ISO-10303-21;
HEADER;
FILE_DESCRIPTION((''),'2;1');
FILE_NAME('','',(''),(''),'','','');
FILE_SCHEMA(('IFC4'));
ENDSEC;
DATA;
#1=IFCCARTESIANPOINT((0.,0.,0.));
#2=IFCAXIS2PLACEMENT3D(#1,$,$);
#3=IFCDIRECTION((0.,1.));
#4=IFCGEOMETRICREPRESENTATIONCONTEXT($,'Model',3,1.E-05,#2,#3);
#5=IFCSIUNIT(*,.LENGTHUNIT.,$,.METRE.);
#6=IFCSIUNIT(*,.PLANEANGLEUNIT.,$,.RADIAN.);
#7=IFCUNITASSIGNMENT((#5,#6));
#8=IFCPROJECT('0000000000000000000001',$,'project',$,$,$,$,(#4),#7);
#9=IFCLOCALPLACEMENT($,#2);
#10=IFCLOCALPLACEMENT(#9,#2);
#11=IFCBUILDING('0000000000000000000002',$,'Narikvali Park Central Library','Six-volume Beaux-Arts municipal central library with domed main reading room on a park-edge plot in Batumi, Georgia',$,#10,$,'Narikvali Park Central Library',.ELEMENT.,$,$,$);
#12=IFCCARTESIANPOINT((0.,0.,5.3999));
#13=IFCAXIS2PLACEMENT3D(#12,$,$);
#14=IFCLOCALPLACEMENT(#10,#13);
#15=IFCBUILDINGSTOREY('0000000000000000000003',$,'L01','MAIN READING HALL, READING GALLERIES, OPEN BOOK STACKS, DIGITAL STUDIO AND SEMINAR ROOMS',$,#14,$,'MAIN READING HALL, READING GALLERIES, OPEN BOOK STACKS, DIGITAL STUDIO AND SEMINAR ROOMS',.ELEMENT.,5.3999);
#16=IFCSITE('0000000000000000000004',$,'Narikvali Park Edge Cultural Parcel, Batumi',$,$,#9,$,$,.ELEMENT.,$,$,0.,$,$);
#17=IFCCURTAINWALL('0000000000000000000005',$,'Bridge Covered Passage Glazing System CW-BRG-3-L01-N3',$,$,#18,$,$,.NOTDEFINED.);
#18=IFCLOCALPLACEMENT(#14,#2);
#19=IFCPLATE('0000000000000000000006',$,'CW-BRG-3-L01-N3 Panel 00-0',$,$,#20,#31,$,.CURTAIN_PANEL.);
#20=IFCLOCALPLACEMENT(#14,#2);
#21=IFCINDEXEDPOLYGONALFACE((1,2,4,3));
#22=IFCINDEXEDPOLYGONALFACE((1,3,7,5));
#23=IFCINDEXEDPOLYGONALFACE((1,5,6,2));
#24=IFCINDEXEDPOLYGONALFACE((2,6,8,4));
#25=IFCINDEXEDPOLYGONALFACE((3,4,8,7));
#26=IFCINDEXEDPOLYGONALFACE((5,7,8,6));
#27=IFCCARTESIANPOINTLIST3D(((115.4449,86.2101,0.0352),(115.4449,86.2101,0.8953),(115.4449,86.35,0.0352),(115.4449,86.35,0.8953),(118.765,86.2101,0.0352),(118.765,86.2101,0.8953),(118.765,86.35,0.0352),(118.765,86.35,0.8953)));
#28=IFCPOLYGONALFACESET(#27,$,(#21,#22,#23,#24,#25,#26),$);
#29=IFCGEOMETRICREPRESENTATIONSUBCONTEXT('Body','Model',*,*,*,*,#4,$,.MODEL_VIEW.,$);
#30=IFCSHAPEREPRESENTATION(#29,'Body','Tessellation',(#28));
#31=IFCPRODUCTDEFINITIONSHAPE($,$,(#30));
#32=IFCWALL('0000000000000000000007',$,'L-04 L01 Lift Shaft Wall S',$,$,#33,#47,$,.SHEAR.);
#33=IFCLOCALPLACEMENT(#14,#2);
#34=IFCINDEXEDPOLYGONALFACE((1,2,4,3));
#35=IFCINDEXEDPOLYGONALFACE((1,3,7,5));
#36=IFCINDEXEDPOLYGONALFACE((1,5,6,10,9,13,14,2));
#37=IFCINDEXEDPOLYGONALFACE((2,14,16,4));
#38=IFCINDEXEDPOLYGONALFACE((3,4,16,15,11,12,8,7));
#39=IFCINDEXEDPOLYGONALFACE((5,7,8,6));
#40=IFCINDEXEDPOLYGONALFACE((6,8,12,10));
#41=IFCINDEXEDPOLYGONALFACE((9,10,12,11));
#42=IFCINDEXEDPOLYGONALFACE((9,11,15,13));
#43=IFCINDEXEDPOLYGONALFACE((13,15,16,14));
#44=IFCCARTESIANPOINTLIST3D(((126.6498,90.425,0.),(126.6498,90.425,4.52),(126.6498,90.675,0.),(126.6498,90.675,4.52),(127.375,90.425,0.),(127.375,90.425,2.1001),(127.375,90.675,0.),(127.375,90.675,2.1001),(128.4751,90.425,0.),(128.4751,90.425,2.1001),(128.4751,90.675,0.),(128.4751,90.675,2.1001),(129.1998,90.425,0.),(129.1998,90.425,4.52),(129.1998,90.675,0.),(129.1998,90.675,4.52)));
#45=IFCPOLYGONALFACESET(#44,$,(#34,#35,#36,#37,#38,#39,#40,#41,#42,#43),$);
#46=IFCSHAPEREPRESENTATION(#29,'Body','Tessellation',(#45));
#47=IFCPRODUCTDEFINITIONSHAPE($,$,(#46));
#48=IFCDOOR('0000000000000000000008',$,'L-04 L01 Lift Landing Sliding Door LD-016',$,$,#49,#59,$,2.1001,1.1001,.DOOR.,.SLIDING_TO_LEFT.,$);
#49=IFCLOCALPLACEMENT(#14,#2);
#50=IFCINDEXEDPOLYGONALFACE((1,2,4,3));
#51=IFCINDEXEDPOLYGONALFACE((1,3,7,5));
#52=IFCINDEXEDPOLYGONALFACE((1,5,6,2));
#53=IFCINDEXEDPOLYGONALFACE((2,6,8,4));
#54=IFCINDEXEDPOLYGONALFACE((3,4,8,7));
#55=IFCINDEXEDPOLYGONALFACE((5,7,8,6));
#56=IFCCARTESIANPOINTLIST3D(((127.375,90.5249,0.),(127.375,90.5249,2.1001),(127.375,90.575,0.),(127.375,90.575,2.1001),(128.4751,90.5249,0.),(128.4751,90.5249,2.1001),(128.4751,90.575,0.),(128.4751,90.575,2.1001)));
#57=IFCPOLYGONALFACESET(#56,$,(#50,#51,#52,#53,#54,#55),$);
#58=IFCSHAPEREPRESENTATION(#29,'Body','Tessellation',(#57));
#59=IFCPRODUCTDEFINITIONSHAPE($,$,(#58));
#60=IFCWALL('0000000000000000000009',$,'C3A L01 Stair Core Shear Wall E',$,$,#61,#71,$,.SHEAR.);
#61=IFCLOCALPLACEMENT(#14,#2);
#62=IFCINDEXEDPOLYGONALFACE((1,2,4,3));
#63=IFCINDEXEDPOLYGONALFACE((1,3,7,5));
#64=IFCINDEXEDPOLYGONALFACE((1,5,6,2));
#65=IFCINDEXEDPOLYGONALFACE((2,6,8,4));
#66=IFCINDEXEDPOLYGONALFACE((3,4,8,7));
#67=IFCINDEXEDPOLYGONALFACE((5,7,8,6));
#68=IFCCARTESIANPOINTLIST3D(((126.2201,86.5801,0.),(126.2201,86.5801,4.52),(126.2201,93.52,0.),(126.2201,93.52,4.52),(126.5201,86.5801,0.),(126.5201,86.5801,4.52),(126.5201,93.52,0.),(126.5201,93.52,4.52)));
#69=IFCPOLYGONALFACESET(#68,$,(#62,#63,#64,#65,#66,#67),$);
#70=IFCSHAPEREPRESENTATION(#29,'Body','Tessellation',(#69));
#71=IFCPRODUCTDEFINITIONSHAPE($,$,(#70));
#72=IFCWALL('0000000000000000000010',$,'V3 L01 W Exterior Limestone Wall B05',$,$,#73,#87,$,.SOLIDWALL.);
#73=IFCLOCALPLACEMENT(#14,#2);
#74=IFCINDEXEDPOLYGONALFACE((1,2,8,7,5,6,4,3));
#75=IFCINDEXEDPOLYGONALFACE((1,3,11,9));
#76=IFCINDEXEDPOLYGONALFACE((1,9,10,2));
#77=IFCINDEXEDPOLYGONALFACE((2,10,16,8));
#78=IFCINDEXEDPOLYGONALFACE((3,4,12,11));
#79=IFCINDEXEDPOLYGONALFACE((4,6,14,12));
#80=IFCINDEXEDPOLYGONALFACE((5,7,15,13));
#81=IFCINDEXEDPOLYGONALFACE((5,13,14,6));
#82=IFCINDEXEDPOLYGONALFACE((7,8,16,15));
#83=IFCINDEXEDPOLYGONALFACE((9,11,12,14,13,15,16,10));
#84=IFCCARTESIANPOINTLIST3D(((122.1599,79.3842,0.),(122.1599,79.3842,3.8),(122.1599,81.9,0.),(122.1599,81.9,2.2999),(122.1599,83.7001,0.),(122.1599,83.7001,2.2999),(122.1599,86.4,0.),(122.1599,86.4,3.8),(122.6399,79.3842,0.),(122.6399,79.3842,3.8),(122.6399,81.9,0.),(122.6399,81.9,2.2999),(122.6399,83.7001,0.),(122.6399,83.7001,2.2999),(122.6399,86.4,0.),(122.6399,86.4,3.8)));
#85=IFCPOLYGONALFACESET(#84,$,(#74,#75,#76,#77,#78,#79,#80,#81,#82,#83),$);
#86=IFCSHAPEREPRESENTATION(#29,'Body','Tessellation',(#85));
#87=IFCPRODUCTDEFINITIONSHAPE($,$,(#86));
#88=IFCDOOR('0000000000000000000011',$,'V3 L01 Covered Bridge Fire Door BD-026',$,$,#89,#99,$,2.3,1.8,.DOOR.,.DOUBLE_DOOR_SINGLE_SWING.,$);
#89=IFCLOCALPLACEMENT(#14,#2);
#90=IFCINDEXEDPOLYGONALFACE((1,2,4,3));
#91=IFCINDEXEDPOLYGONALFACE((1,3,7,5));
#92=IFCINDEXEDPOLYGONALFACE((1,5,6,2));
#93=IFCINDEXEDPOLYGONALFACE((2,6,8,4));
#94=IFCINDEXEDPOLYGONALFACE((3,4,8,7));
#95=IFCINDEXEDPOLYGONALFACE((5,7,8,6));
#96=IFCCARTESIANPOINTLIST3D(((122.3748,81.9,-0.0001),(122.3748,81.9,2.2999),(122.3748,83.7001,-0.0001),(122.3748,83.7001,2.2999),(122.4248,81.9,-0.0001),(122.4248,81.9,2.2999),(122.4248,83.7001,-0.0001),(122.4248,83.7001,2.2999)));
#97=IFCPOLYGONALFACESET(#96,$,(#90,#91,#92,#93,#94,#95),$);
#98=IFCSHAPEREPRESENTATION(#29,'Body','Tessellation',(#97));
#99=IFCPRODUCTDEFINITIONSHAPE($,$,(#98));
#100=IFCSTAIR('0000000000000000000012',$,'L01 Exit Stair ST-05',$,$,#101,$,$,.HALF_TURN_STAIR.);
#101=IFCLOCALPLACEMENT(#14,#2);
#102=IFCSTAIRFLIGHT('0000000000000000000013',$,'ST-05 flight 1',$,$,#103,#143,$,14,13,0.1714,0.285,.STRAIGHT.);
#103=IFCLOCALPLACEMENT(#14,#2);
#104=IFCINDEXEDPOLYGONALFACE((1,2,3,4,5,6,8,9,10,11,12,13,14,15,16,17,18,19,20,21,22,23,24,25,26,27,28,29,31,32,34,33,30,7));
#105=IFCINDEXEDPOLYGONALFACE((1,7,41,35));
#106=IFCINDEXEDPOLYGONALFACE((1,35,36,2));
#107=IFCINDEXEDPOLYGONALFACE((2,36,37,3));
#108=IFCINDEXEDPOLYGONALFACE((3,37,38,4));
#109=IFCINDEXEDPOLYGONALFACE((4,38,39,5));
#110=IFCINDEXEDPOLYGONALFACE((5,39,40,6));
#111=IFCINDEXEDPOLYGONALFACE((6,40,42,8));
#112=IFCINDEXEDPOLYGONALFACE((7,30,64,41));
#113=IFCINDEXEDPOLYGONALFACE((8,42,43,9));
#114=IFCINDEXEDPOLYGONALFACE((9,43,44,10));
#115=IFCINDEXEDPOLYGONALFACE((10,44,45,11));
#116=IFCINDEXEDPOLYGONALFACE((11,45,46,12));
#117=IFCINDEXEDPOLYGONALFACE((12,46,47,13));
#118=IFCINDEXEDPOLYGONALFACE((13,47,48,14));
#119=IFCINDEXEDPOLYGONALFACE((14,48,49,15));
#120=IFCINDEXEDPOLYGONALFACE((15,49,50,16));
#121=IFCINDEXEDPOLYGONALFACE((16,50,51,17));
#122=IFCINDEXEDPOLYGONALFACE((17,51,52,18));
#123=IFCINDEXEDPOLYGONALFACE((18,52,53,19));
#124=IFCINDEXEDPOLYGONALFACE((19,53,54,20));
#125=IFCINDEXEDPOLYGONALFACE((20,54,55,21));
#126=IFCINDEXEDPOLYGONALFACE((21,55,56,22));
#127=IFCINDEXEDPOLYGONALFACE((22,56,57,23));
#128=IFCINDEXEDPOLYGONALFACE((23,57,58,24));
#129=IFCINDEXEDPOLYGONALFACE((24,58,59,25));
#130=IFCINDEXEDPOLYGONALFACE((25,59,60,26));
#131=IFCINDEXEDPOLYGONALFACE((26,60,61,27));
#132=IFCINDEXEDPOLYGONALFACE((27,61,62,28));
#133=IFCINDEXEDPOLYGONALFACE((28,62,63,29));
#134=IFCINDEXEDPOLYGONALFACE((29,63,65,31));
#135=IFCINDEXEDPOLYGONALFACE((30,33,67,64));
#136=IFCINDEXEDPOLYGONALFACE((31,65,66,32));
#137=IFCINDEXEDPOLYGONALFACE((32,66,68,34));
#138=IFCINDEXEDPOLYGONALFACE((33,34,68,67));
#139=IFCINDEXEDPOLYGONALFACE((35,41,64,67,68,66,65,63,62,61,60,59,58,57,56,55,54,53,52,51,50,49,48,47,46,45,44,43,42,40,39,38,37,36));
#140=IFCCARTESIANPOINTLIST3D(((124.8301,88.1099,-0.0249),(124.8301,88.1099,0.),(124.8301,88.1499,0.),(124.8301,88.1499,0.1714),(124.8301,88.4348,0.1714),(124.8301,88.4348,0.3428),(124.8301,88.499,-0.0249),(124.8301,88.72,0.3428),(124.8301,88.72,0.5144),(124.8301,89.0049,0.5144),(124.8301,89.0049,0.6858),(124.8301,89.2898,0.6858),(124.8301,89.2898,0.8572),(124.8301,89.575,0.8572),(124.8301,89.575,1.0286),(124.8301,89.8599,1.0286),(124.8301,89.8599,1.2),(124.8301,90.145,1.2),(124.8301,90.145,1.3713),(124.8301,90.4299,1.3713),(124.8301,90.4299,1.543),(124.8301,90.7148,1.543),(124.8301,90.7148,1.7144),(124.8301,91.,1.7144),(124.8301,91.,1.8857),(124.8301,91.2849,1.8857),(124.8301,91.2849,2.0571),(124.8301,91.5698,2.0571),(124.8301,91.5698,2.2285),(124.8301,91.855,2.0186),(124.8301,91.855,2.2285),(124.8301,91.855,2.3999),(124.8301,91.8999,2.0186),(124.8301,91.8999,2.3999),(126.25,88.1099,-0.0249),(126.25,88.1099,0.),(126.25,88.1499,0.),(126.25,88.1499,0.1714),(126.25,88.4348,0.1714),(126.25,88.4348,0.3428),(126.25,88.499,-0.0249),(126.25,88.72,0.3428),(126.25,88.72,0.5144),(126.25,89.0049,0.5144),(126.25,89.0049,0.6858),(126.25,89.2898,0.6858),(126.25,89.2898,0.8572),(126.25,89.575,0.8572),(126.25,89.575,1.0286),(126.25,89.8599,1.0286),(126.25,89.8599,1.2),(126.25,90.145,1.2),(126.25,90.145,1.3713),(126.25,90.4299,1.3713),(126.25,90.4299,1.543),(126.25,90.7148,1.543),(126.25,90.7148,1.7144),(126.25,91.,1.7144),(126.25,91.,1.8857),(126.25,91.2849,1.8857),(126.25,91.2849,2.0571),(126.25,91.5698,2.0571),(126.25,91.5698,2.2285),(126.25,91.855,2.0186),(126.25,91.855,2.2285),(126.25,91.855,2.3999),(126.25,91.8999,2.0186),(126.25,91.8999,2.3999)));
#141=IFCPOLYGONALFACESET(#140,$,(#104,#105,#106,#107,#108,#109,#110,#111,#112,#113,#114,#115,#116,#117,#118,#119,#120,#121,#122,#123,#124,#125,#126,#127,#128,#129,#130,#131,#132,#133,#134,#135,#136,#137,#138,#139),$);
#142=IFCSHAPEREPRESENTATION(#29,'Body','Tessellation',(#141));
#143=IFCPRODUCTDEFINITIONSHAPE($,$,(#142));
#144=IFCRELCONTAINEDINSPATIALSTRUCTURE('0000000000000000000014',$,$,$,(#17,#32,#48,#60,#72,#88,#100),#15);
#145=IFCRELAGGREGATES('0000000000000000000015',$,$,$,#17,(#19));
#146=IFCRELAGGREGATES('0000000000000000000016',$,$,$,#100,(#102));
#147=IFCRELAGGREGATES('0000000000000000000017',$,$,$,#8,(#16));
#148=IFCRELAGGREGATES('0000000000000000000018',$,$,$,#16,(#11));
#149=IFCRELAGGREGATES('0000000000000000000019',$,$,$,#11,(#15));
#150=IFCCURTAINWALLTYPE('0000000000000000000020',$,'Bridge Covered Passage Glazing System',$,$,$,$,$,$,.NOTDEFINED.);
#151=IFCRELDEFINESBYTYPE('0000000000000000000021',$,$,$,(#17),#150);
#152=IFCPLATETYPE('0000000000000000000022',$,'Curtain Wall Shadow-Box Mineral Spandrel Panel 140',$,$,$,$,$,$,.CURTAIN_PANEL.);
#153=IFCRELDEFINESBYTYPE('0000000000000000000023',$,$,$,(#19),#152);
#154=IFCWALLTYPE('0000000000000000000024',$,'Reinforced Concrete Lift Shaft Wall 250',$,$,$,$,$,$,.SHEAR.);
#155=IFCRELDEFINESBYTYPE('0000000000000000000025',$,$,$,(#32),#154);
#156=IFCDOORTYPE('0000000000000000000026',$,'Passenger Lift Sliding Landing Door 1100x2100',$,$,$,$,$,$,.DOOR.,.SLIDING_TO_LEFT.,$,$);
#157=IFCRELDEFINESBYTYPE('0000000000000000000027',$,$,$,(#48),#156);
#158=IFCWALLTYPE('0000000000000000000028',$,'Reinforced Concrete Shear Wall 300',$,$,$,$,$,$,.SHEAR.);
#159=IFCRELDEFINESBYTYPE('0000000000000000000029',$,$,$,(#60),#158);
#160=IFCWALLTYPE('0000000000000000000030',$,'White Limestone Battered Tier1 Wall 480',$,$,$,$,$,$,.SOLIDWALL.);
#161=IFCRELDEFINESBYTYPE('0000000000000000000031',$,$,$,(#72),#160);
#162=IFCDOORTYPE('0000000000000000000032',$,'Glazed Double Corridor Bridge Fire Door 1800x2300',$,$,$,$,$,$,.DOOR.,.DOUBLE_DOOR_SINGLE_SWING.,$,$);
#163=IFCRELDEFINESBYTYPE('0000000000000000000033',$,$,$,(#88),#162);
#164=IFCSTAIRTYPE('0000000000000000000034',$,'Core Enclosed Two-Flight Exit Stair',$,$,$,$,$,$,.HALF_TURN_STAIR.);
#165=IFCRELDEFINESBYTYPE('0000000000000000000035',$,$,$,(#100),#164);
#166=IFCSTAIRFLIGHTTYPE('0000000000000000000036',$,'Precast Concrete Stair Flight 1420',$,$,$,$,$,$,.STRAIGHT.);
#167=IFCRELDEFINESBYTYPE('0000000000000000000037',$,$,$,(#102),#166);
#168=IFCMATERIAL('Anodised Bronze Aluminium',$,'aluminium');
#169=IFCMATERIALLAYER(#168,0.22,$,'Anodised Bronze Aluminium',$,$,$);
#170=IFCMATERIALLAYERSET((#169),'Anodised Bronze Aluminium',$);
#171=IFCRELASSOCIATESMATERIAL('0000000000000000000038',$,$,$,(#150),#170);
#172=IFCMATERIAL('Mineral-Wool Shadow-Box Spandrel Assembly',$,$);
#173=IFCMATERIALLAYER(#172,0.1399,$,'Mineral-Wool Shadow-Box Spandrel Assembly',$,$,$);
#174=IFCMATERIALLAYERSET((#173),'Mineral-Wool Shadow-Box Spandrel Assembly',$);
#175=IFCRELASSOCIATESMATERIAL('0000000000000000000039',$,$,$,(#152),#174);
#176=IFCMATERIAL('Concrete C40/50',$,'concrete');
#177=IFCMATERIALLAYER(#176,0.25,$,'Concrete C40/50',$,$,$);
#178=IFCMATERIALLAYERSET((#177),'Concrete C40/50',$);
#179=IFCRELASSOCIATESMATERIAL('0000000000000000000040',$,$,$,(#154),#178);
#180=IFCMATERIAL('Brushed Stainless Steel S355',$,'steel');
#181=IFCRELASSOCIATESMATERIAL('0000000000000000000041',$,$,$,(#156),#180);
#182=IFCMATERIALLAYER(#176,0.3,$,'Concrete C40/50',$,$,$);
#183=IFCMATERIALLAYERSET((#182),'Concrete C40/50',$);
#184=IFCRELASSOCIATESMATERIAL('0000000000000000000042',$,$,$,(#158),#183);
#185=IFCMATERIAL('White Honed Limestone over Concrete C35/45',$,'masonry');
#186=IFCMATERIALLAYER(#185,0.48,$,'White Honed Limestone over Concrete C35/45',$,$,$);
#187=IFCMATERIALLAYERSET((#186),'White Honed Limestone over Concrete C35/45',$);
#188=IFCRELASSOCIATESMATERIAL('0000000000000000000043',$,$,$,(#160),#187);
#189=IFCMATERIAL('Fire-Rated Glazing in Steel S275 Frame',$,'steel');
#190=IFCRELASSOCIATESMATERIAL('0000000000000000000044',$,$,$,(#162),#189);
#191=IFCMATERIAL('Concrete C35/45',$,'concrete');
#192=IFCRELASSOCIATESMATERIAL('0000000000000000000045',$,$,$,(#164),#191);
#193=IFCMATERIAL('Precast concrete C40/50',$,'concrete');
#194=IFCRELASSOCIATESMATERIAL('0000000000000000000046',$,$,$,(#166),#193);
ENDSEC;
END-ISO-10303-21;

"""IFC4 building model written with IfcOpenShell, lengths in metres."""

from ifc_helpers import new_model, si_unit, direction, frame, frame_2d, origin, origin_2d, place, context, subcontext, project, spatial, polyline, rectangle, outline, extrude, material, layer, layer_set, type_object, element, fill, aggregate, save


model = new_model("IFC4")

# Units and contexts
model_context = context("Model", 3, precision=1e-05, world=origin(), true_north=direction((0.0, 1.0)))
body_context = subcontext(model_context, "Body", "Model", "MODEL_VIEW")
ifc_project = project(units=[si_unit("LENGTHUNIT", "METRE"), si_unit("PLANEANGLEUNIT", "RADIAN")], contexts=[model_context])

# Site, building, storey
site_placement = place(None, origin())
site = spatial("IfcSite", under=ifc_project, at=site_placement, Name="Narikvali Park Edge Cultural Parcel, Batumi", CompositionType="ELEMENT", RefElevation=0.0)
building_placement = place(site_placement, origin())
building = spatial("IfcBuilding", under=site, at=building_placement, Name="Narikvali Park Central Library", Description="Six-volume Beaux-Arts municipal central library with domed main reading room on a park-edge plot in Batumi, Georgia", LongName="Narikvali Park Central Library", CompositionType="ELEMENT")
storey_placement = place(building_placement, frame((0.0, 0.0, 5.3999)))
storey = spatial("IfcBuildingStorey", under=building, at=storey_placement, Name="L01", Description="MAIN READING HALL, READING GALLERIES, OPEN BOOK STACKS, DIGITAL STUDIO AND SEMINAR ROOMS", LongName="MAIN READING HALL, READING GALLERIES, OPEN BOOK STACKS, DIGITAL STUDIO AND SEMINAR ROOMS", CompositionType="ELEMENT", Elevation=5.3999)

# Curtain wall
ifc_material_1 = material(Name="Anodised Bronze Aluminium", Category="aluminium")
ifc_layer_1 = layer(ifc_material_1, 0.22, Name="Anodised Bronze Aluminium")
ifc_layer_set_1 = layer_set([ifc_layer_1], Name="Anodised Bronze Aluminium")
curtain_wall_type = type_object("IfcCurtainWallType", Name="Bridge Covered Passage Glazing System", PredefinedType="NOTDEFINED", material=ifc_layer_set_1)
curtain_wall_placement = place(storey_placement, origin())
curtain_wall = element("IfcCurtainWall", 1, at=curtain_wall_placement, inside=storey, type_object=curtain_wall_type, Name="Bridge Covered Passage Glazing System CW-BRG-3-L01-N3", PredefinedType="NOTDEFINED")

# Plate
ifc_material_2 = material(Name="Mineral-Wool Shadow-Box Spandrel Assembly")
ifc_layer_2 = layer(ifc_material_2, 0.1399, Name="Mineral-Wool Shadow-Box Spandrel Assembly")
ifc_layer_set_2 = layer_set([ifc_layer_2], Name="Mineral-Wool Shadow-Box Spandrel Assembly")
plate_type_1 = type_object("IfcPlateType", Name="Curtain Wall Shadow-Box Mineral Spandrel Panel 140", PredefinedType="CURTAIN_PANEL", material=ifc_layer_set_2)
plate_1_placement = place(storey_placement, frame((117.105, 86.28, 0.0352), z_axis=(0.0, 0.0, 1.0), x_axis=(1.0, 0.0, 0.0)))
plate_1 = element("IfcPlate", 2, at=plate_1_placement, type_object=plate_type_1, Name="CW-BRG-3-L01-N3 Panel 00-0", PredefinedType="CURTAIN_PANEL", context=body_context, shape_type="SweptSolid", body=[
    extrude(rectangle(XDim=3.3201, YDim=0.1399, at=origin_2d()), origin(), (0.0, 0.0, 1.0), 0.8601),
])
aggregate(curtain_wall, [plate_1])

# Wall, opening, door
ifc_material_3 = material(Name="Concrete C40/50", Category="concrete")
ifc_layer_3 = layer(ifc_material_3, 0.25, Name="Concrete C40/50")
ifc_layer_set_3 = layer_set([ifc_layer_3], Name="Concrete C40/50")
wall_type_1 = type_object("IfcWallType", Name="Reinforced Concrete Lift Shaft Wall 250", PredefinedType="SHEAR", material=ifc_layer_set_3)
wall_1_placement = place(storey_placement, frame((126.6499, 90.55, 0.0), z_axis=(0.0, 0.0, 1.0), x_axis=(1.0, 0.0, 0.0)))
wall_1 = element("IfcWall", 3, at=wall_1_placement, inside=storey, type_object=wall_type_1, Name="L-04 L01 Lift Shaft Wall S", PredefinedType="SHEAR", context=body_context, shape_type="SweptSolid", body=[
    extrude(rectangle(XDim=2.55, YDim=0.25, at=frame_2d((1.2749, 0.0))), origin(), (0.0, 0.0, 1.0), 4.52),
])
opening_1_placement = place(wall_1_placement, frame((0.7251, 0.0, 0.0)))
opening_1 = element("IfcOpeningElement", 4, at=opening_1_placement, cuts=wall_1, PredefinedType="OPENING", context=body_context, shape_type="SweptSolid", body=[
    extrude(rectangle(XDim=1.1001, YDim=2.1001, at=frame_2d((0.55, 1.05))), frame((0.0, 0.137, 0.0), z_axis=(0.0, -1.0, 0.0), x_axis=(1.0, 0.0, 0.0)), (0.0, 0.0, 1.0), 0.2739),
])
ifc_material_4 = material(Name="Brushed Stainless Steel S355", Category="steel")
door_type_1 = type_object("IfcDoorType", Name="Passenger Lift Sliding Landing Door 1100x2100", OperationType="SLIDING_TO_LEFT", PredefinedType="DOOR", material=ifc_material_4)
door_1_placement = place(opening_1_placement, origin())
door_1 = element("IfcDoor", 5, at=door_1_placement, inside=storey, type_object=door_type_1, Name="L-04 L01 Lift Landing Sliding Door LD-016", OperationType="SLIDING_TO_LEFT", OverallHeight=2.1001, OverallWidth=1.1001, PredefinedType="DOOR", context=body_context, shape_type="SweptSolid", body=[
    extrude(rectangle(XDim=1.1001, YDim=2.1001, at=frame_2d((0.55, 1.05))), frame((0.0, 0.0249, 0.0), z_axis=(0.0, -1.0, 0.0), x_axis=(1.0, 0.0, 0.0)), (0.0, 0.0, 1.0), 0.05),
])
fill(opening_1, door_1)
ifc_layer_4 = layer(ifc_material_3, 0.3, Name="Concrete C40/50")
ifc_layer_set_4 = layer_set([ifc_layer_4], Name="Concrete C40/50")
wall_type_2 = type_object("IfcWallType", Name="Reinforced Concrete Shear Wall 300", PredefinedType="SHEAR", material=ifc_layer_set_4)

# Wall
wall_2_placement = place(storey_placement, frame((126.3701, 86.5801, 0.0), z_axis=(0.0, 0.0, 1.0), x_axis=(0.0, 1.0, 0.0)))
element("IfcWall", 6, at=wall_2_placement, inside=storey, type_object=wall_type_2, Name="C3A L01 Stair Core Shear Wall E", PredefinedType="SHEAR", context=body_context, shape_type="SweptSolid", body=[
    extrude(rectangle(XDim=6.9399, YDim=0.3, at=frame_2d((3.47, 0.0))), origin(), (0.0, 0.0, 1.0), 4.52),
])

# Wall, opening, door
ifc_material_5 = material(Name="White Honed Limestone over Concrete C35/45", Category="masonry")
ifc_layer_5 = layer(ifc_material_5, 0.48, Name="White Honed Limestone over Concrete C35/45")
ifc_layer_set_5 = layer_set([ifc_layer_5], Name="White Honed Limestone over Concrete C35/45")
wall_type_3 = type_object("IfcWallType", Name="White Limestone Battered Tier1 Wall 480", PredefinedType="SOLIDWALL", material=ifc_layer_set_5)
wall_3_placement = place(storey_placement, frame((122.3999, 86.3999, 0.0), z_axis=(0.0, 0.0, 1.0), x_axis=(0.0, -1.0, 0.0)))
wall_3 = element("IfcWall", 7, at=wall_3_placement, inside=storey, type_object=wall_type_3, Name="V3 L01 W Exterior Limestone Wall B05", PredefinedType="SOLIDWALL", context=body_context, shape_type="SweptSolid", body=[
    extrude(rectangle(XDim=7.0159, YDim=0.48, at=frame_2d((3.5078, 0.0))), origin(), (0.0, 0.0, 1.0), 3.8),
])
opening_2_placement = place(wall_3_placement, frame((2.7, 0.0, 0.0)))
opening_2 = element("IfcOpeningElement", 8, at=opening_2_placement, cuts=wall_3, PredefinedType="OPENING", context=body_context, shape_type="SweptSolid", body=[
    extrude(rectangle(XDim=1.8, YDim=2.3, at=frame_2d((0.8999, 1.1499))), frame((0.0, 0.252, 0.0), z_axis=(0.0, -1.0, 0.0), x_axis=(1.0, 0.0, 0.0)), (0.0, 0.0, 1.0), 0.5039),
])
ifc_material_6 = material(Name="Fire-Rated Glazing in Steel S275 Frame", Category="steel")
door_type_2 = type_object("IfcDoorType", Name="Glazed Double Corridor Bridge Fire Door 1800x2300", OperationType="DOUBLE_DOOR_SINGLE_SWING", PredefinedType="DOOR", material=ifc_material_6)
door_2_placement = place(opening_2_placement, origin())
door_2 = element("IfcDoor", 9, at=door_2_placement, inside=storey, type_object=door_type_2, Name="V3 L01 Covered Bridge Fire Door BD-026", OperationType="DOUBLE_DOOR_SINGLE_SWING", OverallHeight=2.3, OverallWidth=1.8, PredefinedType="DOOR", context=body_context, shape_type="SweptSolid", body=[
    extrude(rectangle(XDim=1.8, YDim=2.3, at=frame_2d((0.8999, 1.1499))), frame((0.0, 0.0249, 0.0), z_axis=(0.0, -1.0, 0.0), x_axis=(1.0, 0.0, 0.0)), (0.0, 0.0, 1.0), 0.05),
])
fill(opening_2, door_2)

# Stair, stair flight
ifc_material_7 = material(Name="Concrete C35/45", Category="concrete")
stair_type = type_object("IfcStairType", Name="Core Enclosed Two-Flight Exit Stair", PredefinedType="HALF_TURN_STAIR", material=ifc_material_7)
stair_placement = place(storey_placement, origin())
stair = element("IfcStair", 10, at=stair_placement, inside=storey, type_object=stair_type, Name="L01 Exit Stair ST-05", PredefinedType="HALF_TURN_STAIR")
ifc_material_8 = material(Name="Precast concrete C40/50", Category="concrete")
stair_flight_type = type_object("IfcStairFlightType", Name="Precast Concrete Stair Flight 1420", PredefinedType="STRAIGHT", material=ifc_material_8)
stair_flight_1_placement = place(storey_placement, frame((125.54, 88.1499, 0.0), z_axis=(0.0, 0.0, 1.0), x_axis=(0.0, 1.0, 0.0)))
stair_flight_1 = element("IfcStairFlight", 11, at=stair_flight_1_placement, type_object=stair_flight_type, Name="ST-05 flight 1", NumberOfRisers=14, NumberOfTreads=13, PredefinedType="STRAIGHT", RiserHeight=0.1714, TreadLength=0.285, context=body_context, shape_type="SweptSolid", body=[
    extrude(outline(polyline([(-0.04, -0.0249), (-0.04, 0.0), (0.0, 0.0), (0.0, 0.1714), (0.2849, 0.1714), (0.2849, 0.3428), (0.5701, 0.3428), (0.5701, 0.5144), (0.855, 0.5144), (0.855, 0.6858), (1.1399, 0.6858), (1.1399, 0.8572), (1.425, 0.8572), (1.425, 1.0286), (1.71, 1.0286), (1.71, 1.2), (1.9951, 1.2), (1.9951, 1.3713), (2.28, 1.3713), (2.28, 1.543), (2.5649, 1.543), (2.5649, 1.7144), (2.8501, 1.7144), (2.8501, 1.8857), (3.135, 1.8857), (3.135, 2.0571), (3.4199, 2.0571), (3.4199, 2.2285), (3.7051, 2.2285), (3.7051, 2.3999), (3.75, 2.3999), (3.75, 2.0186), (3.7051, 2.0186), (0.3491, -0.0249), (-0.04, -0.0249)])), frame((0.0, 0.71, 0.0), z_axis=(0.0, -1.0, 0.0), x_axis=(1.0, 0.0, 0.0)), (0.0, 0.0, 1.0), 1.4199),
])
aggregate(stair, [stair_flight_1])

save(model, "model.ifc")
